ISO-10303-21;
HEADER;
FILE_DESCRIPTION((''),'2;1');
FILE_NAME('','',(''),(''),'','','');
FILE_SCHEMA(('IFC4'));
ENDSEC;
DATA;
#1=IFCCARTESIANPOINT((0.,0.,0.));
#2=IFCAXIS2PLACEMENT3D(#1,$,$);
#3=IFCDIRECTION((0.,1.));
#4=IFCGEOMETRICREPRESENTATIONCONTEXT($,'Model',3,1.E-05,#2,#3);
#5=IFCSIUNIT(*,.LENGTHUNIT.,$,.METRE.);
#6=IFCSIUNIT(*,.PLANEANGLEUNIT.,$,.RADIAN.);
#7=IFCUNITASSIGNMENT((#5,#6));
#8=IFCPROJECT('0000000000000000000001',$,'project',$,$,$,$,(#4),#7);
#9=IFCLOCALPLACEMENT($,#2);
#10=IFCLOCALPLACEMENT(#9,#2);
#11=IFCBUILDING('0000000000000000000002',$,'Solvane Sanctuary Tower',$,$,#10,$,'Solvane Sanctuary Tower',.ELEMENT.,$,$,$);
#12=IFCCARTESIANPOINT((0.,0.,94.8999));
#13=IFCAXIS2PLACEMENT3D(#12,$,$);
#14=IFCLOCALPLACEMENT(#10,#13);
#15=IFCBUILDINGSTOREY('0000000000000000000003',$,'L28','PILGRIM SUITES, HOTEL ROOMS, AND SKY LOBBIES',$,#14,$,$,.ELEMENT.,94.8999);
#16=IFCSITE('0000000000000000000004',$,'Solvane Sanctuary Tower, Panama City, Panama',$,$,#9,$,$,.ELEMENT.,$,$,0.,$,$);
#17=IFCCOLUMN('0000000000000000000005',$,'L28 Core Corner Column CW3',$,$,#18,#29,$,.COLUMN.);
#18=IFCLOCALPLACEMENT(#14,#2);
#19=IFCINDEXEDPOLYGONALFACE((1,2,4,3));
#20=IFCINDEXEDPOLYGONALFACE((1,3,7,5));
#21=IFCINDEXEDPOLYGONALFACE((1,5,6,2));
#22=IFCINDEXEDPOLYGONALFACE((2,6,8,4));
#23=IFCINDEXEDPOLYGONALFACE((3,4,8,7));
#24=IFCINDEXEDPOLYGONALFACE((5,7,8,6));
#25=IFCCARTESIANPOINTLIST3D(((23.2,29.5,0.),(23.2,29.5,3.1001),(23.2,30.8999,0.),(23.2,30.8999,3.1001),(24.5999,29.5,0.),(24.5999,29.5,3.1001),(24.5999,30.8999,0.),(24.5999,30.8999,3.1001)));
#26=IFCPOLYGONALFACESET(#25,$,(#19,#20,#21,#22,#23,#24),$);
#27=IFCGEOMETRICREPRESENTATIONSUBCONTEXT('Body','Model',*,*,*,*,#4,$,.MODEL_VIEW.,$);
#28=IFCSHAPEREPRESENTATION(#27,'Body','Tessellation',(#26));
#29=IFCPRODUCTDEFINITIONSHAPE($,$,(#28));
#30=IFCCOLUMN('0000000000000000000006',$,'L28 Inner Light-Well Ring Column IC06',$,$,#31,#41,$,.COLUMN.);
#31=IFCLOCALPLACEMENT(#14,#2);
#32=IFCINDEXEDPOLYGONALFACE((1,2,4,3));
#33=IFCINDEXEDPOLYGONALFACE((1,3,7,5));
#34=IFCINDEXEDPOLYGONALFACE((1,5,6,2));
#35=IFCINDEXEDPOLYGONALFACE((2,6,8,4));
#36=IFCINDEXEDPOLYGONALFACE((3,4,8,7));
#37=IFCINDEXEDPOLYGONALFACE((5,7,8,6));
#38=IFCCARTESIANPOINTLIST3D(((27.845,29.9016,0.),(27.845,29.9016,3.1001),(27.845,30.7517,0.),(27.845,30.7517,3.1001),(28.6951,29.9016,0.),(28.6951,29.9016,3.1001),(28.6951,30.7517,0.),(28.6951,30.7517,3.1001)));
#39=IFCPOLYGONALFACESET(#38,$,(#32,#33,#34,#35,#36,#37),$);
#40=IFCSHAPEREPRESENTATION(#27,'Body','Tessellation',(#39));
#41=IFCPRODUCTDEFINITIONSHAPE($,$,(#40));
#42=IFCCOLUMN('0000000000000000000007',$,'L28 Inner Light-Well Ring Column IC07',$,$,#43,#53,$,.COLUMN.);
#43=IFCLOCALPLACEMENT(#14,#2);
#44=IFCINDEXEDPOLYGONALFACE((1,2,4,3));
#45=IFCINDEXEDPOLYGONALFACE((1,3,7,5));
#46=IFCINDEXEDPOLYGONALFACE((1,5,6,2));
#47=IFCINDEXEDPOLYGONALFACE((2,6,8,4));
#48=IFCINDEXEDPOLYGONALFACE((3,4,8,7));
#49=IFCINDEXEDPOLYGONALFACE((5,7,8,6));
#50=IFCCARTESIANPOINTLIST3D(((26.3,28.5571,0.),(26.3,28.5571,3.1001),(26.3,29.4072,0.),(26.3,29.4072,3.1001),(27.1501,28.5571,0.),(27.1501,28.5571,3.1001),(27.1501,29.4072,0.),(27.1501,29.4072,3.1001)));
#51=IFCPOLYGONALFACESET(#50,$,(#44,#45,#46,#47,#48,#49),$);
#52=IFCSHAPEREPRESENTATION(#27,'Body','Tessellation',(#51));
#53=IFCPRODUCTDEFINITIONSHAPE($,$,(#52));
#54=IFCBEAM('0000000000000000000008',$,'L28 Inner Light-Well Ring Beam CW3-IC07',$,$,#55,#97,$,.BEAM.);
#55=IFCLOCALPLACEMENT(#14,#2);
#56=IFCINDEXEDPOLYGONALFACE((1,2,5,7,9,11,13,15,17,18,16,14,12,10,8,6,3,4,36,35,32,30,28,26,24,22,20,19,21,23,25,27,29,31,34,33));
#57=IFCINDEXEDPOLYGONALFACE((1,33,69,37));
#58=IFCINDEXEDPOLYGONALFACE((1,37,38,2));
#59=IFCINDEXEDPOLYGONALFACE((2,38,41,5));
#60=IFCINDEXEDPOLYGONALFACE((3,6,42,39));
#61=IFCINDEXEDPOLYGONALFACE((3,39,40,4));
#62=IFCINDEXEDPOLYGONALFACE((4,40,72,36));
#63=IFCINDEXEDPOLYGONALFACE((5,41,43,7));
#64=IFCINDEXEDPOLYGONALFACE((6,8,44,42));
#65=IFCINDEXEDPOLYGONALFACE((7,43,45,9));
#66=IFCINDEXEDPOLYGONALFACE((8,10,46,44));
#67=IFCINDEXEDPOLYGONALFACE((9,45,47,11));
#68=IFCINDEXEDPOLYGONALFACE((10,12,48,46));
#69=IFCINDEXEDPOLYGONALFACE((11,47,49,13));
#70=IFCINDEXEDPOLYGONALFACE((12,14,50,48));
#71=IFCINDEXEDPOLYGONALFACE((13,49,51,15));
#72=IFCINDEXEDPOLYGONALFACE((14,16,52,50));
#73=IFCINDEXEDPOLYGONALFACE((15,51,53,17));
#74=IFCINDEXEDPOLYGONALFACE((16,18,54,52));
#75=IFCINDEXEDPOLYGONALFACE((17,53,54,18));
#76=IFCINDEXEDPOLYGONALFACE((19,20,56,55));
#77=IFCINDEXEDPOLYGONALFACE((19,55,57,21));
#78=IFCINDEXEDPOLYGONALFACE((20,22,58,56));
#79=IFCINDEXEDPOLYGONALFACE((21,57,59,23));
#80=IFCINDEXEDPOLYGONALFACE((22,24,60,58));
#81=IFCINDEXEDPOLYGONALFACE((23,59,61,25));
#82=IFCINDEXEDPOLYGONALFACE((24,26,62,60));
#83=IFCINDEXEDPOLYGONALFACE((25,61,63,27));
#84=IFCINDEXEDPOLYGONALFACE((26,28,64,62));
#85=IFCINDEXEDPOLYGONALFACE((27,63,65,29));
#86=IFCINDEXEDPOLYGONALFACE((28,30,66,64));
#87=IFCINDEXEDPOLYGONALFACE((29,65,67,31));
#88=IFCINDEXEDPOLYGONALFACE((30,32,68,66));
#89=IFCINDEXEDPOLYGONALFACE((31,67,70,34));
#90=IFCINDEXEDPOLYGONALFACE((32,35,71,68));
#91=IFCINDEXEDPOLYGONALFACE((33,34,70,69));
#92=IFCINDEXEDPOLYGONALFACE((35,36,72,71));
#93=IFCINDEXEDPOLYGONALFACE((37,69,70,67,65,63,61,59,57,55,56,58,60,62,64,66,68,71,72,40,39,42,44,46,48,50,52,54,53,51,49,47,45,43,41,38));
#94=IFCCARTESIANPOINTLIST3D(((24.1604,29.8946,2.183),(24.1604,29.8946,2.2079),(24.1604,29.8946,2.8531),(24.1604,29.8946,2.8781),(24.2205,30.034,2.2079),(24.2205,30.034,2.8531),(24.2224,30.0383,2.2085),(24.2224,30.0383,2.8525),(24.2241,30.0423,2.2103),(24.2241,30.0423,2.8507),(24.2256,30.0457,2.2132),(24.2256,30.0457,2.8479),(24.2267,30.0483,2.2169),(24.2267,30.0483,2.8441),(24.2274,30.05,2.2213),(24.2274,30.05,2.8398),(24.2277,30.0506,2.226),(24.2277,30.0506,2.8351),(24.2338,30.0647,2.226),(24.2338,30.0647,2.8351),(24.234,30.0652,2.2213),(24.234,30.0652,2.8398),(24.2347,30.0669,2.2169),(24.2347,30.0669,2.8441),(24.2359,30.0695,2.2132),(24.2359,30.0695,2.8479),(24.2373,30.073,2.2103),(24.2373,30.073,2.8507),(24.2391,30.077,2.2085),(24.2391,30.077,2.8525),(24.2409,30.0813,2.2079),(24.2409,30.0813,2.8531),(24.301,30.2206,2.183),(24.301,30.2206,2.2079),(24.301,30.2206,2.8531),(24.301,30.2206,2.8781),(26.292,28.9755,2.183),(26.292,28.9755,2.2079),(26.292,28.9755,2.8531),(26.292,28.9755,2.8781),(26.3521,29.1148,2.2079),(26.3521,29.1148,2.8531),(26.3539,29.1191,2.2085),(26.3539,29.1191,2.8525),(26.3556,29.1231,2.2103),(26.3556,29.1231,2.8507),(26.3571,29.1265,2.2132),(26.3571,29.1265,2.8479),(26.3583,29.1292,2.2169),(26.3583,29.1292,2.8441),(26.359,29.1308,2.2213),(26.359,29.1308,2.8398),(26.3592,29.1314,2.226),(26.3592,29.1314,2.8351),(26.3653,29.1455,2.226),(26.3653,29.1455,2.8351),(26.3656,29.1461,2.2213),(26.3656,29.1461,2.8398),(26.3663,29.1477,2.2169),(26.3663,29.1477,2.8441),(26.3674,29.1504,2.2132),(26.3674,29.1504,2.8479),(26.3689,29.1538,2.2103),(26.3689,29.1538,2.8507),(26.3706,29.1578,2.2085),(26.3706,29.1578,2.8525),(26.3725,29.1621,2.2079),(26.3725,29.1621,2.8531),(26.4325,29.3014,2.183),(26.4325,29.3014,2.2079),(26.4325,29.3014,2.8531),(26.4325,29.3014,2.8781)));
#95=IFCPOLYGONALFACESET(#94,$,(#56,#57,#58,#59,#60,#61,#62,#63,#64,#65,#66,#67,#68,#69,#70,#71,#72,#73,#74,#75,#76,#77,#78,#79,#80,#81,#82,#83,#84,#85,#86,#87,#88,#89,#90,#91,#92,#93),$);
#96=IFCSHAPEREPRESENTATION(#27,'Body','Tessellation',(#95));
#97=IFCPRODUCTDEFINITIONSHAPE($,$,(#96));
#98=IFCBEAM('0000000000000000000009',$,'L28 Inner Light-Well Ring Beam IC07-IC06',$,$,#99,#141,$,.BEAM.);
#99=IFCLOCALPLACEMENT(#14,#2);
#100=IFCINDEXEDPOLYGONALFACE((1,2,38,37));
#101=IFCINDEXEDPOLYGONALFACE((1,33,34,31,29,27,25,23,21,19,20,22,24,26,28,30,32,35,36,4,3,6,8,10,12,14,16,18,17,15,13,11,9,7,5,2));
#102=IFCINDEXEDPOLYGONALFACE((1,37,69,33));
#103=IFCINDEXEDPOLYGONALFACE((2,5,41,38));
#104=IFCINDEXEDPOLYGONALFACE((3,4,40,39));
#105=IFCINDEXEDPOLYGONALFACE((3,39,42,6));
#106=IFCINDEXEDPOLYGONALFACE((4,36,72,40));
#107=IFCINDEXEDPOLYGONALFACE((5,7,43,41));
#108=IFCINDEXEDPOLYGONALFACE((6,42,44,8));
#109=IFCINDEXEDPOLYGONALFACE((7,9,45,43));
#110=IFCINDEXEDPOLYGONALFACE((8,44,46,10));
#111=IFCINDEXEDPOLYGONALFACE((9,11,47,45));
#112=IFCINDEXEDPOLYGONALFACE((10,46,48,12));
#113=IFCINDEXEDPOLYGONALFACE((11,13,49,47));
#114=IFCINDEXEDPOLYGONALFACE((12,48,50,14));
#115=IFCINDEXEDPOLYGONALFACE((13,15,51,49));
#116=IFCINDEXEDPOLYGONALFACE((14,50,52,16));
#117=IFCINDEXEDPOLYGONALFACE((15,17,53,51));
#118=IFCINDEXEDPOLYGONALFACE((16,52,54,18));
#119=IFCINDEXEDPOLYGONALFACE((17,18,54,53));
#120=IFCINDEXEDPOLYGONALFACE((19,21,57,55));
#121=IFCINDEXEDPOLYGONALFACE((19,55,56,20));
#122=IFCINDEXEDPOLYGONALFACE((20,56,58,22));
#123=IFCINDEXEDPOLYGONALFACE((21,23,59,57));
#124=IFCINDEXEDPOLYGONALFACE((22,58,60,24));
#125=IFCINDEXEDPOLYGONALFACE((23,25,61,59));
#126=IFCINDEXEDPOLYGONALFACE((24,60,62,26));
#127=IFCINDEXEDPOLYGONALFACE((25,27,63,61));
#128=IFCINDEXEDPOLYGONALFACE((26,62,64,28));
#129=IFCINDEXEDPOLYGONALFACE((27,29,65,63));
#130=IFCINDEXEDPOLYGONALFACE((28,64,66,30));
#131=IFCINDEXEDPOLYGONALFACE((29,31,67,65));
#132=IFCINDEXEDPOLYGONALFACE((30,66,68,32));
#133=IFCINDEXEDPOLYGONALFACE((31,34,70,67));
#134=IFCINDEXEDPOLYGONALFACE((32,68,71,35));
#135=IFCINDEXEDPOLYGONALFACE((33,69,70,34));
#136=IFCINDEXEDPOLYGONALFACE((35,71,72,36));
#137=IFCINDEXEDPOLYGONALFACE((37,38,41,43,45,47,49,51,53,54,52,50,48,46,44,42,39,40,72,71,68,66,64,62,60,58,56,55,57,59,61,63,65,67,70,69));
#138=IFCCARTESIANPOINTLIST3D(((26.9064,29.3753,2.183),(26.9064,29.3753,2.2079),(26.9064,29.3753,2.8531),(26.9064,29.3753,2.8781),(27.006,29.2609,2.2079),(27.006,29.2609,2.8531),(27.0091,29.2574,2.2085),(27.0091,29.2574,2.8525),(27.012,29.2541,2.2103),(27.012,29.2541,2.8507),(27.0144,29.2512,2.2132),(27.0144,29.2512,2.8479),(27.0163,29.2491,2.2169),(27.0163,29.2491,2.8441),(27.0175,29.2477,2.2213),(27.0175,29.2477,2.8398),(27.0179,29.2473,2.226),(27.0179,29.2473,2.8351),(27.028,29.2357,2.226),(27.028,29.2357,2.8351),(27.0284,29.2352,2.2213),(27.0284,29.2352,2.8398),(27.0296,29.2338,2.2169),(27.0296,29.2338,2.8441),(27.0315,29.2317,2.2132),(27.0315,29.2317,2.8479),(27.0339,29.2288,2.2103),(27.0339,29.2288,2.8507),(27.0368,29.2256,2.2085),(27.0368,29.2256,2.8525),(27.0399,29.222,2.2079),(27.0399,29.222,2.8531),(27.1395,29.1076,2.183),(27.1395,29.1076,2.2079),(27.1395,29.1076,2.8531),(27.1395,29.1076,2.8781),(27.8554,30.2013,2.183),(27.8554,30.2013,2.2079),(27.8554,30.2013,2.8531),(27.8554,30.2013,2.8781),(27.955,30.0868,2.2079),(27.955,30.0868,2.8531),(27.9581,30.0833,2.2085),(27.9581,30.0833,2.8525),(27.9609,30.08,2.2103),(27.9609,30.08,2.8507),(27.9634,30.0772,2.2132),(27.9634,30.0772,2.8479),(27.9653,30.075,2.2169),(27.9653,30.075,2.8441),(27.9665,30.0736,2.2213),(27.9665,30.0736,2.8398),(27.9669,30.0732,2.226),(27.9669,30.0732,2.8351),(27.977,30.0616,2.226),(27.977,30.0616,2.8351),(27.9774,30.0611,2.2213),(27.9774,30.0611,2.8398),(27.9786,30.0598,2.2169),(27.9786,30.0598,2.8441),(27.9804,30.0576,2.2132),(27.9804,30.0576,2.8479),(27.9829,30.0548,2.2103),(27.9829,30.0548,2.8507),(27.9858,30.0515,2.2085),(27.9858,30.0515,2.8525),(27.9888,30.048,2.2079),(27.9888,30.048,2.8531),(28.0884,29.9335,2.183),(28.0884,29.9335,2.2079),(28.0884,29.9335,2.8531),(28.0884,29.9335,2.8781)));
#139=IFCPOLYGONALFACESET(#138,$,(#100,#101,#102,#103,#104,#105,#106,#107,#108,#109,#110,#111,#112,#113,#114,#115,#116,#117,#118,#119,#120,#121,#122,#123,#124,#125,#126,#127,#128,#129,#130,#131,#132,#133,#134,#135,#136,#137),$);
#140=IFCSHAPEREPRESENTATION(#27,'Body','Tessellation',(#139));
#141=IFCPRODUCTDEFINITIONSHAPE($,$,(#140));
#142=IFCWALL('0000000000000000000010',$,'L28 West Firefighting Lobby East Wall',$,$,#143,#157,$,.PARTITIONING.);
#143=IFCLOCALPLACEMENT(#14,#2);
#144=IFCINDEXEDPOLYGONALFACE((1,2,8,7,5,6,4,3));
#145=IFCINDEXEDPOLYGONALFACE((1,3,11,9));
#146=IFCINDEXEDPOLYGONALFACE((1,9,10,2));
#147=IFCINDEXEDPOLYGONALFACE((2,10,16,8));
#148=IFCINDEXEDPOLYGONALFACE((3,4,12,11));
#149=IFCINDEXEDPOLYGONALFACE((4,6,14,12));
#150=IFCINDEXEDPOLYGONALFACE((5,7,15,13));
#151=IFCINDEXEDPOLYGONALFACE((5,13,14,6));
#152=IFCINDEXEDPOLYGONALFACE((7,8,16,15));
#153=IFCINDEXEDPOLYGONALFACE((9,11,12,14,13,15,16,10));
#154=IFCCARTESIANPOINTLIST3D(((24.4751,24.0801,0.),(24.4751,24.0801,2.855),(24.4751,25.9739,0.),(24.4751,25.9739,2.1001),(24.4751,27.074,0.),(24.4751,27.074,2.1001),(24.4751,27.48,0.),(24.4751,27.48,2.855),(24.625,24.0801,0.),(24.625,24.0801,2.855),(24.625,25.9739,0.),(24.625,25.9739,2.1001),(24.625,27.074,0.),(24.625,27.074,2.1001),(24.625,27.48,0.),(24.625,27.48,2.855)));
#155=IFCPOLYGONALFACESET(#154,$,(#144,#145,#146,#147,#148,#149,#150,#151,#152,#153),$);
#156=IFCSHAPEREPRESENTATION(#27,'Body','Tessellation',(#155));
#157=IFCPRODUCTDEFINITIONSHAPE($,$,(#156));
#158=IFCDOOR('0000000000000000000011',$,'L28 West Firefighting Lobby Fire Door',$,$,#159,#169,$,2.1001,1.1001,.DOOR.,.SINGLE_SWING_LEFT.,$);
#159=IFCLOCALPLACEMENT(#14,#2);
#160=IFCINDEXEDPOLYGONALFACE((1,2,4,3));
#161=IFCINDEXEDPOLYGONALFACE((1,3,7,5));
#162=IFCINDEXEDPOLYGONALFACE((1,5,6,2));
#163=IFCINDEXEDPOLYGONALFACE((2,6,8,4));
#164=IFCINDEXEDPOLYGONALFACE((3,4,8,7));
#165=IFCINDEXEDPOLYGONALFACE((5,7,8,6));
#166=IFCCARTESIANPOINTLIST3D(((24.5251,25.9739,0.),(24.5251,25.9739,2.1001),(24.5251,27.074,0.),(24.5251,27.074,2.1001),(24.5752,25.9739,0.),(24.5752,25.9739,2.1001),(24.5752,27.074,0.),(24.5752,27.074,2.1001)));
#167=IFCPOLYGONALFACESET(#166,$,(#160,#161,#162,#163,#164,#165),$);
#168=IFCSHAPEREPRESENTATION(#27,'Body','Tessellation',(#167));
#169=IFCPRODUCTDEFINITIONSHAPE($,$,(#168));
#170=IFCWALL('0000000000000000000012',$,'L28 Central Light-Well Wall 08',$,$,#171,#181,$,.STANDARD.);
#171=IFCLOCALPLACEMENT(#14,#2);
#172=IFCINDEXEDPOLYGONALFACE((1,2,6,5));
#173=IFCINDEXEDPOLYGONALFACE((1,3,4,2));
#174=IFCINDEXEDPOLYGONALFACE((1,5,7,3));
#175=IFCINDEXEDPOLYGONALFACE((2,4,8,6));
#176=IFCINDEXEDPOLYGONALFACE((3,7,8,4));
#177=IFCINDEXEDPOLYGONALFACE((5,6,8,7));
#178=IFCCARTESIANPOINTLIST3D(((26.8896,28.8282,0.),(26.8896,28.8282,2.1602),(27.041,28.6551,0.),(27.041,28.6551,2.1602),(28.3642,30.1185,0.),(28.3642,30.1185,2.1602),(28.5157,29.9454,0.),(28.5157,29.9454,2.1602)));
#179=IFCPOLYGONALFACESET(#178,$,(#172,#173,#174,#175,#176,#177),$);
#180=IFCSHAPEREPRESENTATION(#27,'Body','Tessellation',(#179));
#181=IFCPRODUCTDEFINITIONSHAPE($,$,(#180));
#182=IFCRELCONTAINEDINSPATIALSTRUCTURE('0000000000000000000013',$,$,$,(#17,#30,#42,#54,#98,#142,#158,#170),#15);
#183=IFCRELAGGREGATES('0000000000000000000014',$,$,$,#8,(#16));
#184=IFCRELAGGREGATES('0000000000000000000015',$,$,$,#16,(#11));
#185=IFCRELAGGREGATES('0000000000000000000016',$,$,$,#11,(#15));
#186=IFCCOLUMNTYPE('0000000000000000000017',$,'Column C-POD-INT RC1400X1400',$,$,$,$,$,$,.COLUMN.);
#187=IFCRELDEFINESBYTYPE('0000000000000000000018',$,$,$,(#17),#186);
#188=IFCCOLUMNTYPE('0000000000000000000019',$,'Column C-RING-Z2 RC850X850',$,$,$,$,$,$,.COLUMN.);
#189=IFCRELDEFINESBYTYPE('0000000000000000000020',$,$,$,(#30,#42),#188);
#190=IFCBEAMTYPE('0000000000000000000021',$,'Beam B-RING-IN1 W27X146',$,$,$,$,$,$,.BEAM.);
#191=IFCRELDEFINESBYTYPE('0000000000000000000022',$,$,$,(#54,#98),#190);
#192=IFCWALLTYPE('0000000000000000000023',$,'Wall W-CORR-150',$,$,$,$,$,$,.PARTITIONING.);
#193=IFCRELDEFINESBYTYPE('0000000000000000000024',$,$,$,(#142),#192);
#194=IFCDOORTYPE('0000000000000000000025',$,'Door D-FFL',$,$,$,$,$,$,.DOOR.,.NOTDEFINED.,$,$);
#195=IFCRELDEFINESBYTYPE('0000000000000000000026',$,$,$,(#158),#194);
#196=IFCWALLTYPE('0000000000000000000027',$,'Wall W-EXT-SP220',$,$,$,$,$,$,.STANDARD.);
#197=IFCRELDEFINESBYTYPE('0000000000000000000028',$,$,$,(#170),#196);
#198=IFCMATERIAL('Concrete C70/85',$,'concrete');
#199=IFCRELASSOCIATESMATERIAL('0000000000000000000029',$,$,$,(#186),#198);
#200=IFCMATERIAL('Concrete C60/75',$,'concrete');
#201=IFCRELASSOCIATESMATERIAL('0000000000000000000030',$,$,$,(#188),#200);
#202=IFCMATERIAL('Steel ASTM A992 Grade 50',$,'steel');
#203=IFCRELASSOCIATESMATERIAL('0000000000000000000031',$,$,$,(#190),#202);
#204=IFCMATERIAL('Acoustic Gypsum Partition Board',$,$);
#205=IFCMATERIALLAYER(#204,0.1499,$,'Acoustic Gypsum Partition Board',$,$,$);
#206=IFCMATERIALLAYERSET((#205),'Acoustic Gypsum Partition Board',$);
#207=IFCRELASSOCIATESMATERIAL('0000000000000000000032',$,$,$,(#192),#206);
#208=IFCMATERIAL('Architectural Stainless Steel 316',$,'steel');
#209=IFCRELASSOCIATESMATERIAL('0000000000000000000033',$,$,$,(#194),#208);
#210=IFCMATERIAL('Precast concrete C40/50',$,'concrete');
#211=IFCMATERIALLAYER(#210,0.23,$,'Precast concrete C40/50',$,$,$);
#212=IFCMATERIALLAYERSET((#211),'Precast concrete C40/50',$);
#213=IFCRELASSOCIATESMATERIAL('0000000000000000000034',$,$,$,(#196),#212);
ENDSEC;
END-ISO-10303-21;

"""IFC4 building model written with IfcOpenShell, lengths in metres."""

from ifc_helpers import new_model, si_unit, direction, frame, frame_2d, origin, origin_2d, place, context, subcontext, project, spatial, rectangle, i_section, extrude, material, layer, layer_set, material_profile, profile_set, type_object, element, fill, save


model = new_model("IFC4")

# Units and contexts
model_context = context("Model", 3, precision=1e-05, world=origin(), true_north=direction((0.0, 1.0)))
body_context = subcontext(model_context, "Body", "Model", "MODEL_VIEW")
ifc_project = project(units=[si_unit("LENGTHUNIT", "METRE"), si_unit("PLANEANGLEUNIT", "RADIAN")], contexts=[model_context])

# Site, building, storey
site_placement = place(None, origin())
site = spatial("IfcSite", under=ifc_project, at=site_placement, Name="Solvane Sanctuary Tower, Panama City, Panama", CompositionType="ELEMENT", RefElevation=0.0)
building_placement = place(site_placement, origin())
building = spatial("IfcBuilding", under=site, at=building_placement, Name="Solvane Sanctuary Tower", LongName="Solvane Sanctuary Tower", CompositionType="ELEMENT")
storey_placement = place(building_placement, frame((0.0, 0.0, 94.8999)))
storey = spatial("IfcBuildingStorey", under=building, at=storey_placement, Name="L28", Description="PILGRIM SUITES, HOTEL ROOMS, AND SKY LOBBIES", CompositionType="ELEMENT", Elevation=94.8999)

# Columns
ifc_material_1 = material(Name="Concrete C70/85", Category="concrete")
ifc_material_profile_1 = material_profile(ifc_material_1, rectangle(XDim=1.3999, YDim=1.3999, at=origin_2d()), Name="RC1400X1400")
ifc_profile_set_1 = profile_set([ifc_material_profile_1], Name="Concrete C70/85")
column_type_1 = type_object("IfcColumnType", Name="Column C-POD-INT RC1400X1400", PredefinedType="COLUMN", material=ifc_profile_set_1)
column_placement = place(storey_placement, frame((23.8999, 30.2, 0.0), z_axis=(0.0, 0.0, 1.0), x_axis=(1.0, 0.0, 0.0)))
element("IfcColumn", 1, at=column_placement, inside=storey, type_object=column_type_1, Name="L28 Core Corner Column CW3", PredefinedType="COLUMN", context=body_context, shape_type="SweptSolid", body=[
    extrude(rectangle(XDim=1.3999, YDim=1.3999, at=origin_2d()), origin(), (0.0, 0.0, 1.0), 3.1001),
])
ifc_material_2 = material(Name="Concrete C60/75", Category="concrete")
ifc_material_profile_2 = material_profile(ifc_material_2, rectangle(XDim=0.8501, YDim=0.8501, at=origin_2d()), Name="RC850X850")
ifc_profile_set_2 = profile_set([ifc_material_profile_2], Name="Concrete C60/75")
column_type_2 = type_object("IfcColumnType", Name="Column C-RING-Z2 RC850X850", PredefinedType="COLUMN", material=ifc_profile_set_2)
for number, where, z_axis, x_axis, name in (
    (2, (28.27, 30.3267, 0.0), (0.0, 0.0, 1.0), (1.0, 0.0, 0.0), "L28 Inner Light-Well Ring Column IC06"),
    (3, (26.7251, 28.9822, 0.0), (0.0, 0.0, 1.0), (1.0, 0.0, 0.0), "L28 Inner Light-Well Ring Column IC07"),
):
    element("IfcColumn", number, at=place(storey_placement, frame(where, z_axis=z_axis, x_axis=x_axis)), inside=storey, type_object=column_type_2, Name=name, PredefinedType="COLUMN", context=body_context, shape_type="SweptSolid", body=[
        extrude(rectangle(XDim=0.8501, YDim=0.8501, at=origin_2d()), origin(), (0.0, 0.0, 1.0), 3.1001),
    ])

# Beams
ifc_material_3 = material(Name="Steel ASTM A992 Grade 50", Category="steel")
ifc_material_profile_3 = material_profile(ifc_material_3, i_section(OverallWidth=0.355, OverallDepth=0.6951, WebThickness=0.0154, FlangeThickness=0.0249, FilletRadius=0.0181, at=origin_2d()), Name="W27X146")
ifc_profile_set_3 = profile_set([ifc_material_profile_3], Name="Steel ASTM A992 Grade 50")
beam_type = type_object("IfcBeamType", Name="Beam B-RING-IN1 W27X146", PredefinedType="BEAM", material=ifc_profile_set_3)
beam_1_placement = place(storey_placement, frame((24.2307, 30.0576, 2.5305), z_axis=(0.918261, -0.395975, 0.0), x_axis=(0.395975, 0.918261, 0.0)))
element("IfcBeam", 4, at=beam_1_placement, inside=storey, type_object=beam_type, Name="L28 Inner Light-Well Ring Beam CW3-IC07", PredefinedType="BEAM", context=body_context, shape_type="SweptSolid", body=[
    extrude(i_section(OverallWidth=0.355, OverallDepth=0.6951, WebThickness=0.0154, FlangeThickness=0.0249, FilletRadius=0.0181, at=origin_2d()), origin(), (0.0, 0.0, 1.0), 2.3213),
])
beam_2_placement = place(storey_placement, frame((27.0229, 29.2415, 2.5305), z_axis=(0.754317, 0.65651, 0.0), x_axis=(-0.65651, 0.754317, 0.0)))
element("IfcBeam", 5, at=beam_2_placement, inside=storey, type_object=beam_type, Name="L28 Inner Light-Well Ring Beam IC07-IC06", PredefinedType="BEAM", context=body_context, shape_type="SweptSolid", body=[
    extrude(i_section(OverallWidth=0.355, OverallDepth=0.6951, WebThickness=0.0154, FlangeThickness=0.0249, FilletRadius=0.0181, at=origin_2d()), origin(), (0.0, 0.0, 1.0), 1.2581),
])

# Wall, opening, door
ifc_material_4 = material(Name="Acoustic Gypsum Partition Board")
ifc_layer_1 = layer(ifc_material_4, 0.1499, Name="Acoustic Gypsum Partition Board")
ifc_layer_set_1 = layer_set([ifc_layer_1], Name="Acoustic Gypsum Partition Board")
wall_type_1 = type_object("IfcWallType", Name="Wall W-CORR-150", PredefinedType="PARTITIONING", material=ifc_layer_set_1)
wall_1_placement = place(storey_placement, frame((24.55, 24.0801, 0.0), z_axis=(0.0, 0.0, 1.0), x_axis=(0.0, 1.0, 0.0)))
wall_1 = element("IfcWall", 6, at=wall_1_placement, inside=storey, type_object=wall_type_1, Name="L28 West Firefighting Lobby East Wall", PredefinedType="PARTITIONING", context=body_context, shape_type="SweptSolid", body=[
    extrude(rectangle(XDim=3.3999, YDim=0.1499, at=frame_2d((1.7, 0.0))), origin(), (0.0, 0.0, 1.0), 2.855),
])
opening_1_placement = place(wall_1_placement, frame((1.8938, 0.0, 0.0)))
opening_1 = element("IfcOpeningElement", 7, at=opening_1_placement, cuts=wall_1, PredefinedType="OPENING", context=body_context, shape_type="SweptSolid", body=[
    extrude(rectangle(XDim=1.1001, YDim=2.1001, at=frame_2d((0.55, 1.05))), frame((0.0, 0.085, 0.0), z_axis=(0.0, -1.0, 0.0), x_axis=(1.0, 0.0, 0.0)), (0.0, 0.0, 1.0), 0.1699),
])
ifc_material_5 = material(Name="Architectural Stainless Steel 316", Category="steel")
door_type_1 = type_object("IfcDoorType", Name="Door D-FFL", OperationType="NOTDEFINED", PredefinedType="DOOR", material=ifc_material_5)
door_1_placement = place(opening_1_placement, origin())
door_1 = element("IfcDoor", 8, at=door_1_placement, inside=storey, type_object=door_type_1, Name="L28 West Firefighting Lobby Fire Door", OperationType="SINGLE_SWING_LEFT", OverallHeight=2.1001, OverallWidth=1.1001, PredefinedType="DOOR", context=body_context, shape_type="SweptSolid", body=[
    extrude(rectangle(XDim=1.1001, YDim=2.1001, at=frame_2d((0.55, 1.05))), frame((0.0, 0.0249, 0.0), z_axis=(0.0, -1.0, 0.0), x_axis=(1.0, 0.0, 0.0)), (0.0, 0.0, 1.0), 0.05),
])
fill(opening_1, door_1)

# Wall
ifc_material_6 = material(Name="Precast concrete C40/50", Category="concrete")
ifc_layer_2 = layer(ifc_material_6, 0.23, Name="Precast concrete C40/50")
ifc_layer_set_2 = layer_set([ifc_layer_2], Name="Precast concrete C40/50")
wall_type_2 = type_object("IfcWallType", Name="Wall W-EXT-SP220", PredefinedType="STANDARD", material=ifc_layer_set_2)
wall_2_placement = place(storey_placement, frame((28.4399, 30.032, 0.0), z_axis=(0.0, 0.0, 1.0), x_axis=(-0.752577, -0.658505, 0.0)))
element("IfcWall", 9, at=wall_2_placement, inside=storey, type_object=wall_type_2, Name="L28 Central Light-Well Wall 08", PredefinedType="STANDARD", context=body_context, shape_type="SweptSolid", body=[
    extrude(rectangle(XDim=1.9595, YDim=0.23, at=frame_2d((0.9797, 0.0))), origin(), (0.0, 0.0, 1.0), 2.1602),
])

save(model, "model.ifc")
